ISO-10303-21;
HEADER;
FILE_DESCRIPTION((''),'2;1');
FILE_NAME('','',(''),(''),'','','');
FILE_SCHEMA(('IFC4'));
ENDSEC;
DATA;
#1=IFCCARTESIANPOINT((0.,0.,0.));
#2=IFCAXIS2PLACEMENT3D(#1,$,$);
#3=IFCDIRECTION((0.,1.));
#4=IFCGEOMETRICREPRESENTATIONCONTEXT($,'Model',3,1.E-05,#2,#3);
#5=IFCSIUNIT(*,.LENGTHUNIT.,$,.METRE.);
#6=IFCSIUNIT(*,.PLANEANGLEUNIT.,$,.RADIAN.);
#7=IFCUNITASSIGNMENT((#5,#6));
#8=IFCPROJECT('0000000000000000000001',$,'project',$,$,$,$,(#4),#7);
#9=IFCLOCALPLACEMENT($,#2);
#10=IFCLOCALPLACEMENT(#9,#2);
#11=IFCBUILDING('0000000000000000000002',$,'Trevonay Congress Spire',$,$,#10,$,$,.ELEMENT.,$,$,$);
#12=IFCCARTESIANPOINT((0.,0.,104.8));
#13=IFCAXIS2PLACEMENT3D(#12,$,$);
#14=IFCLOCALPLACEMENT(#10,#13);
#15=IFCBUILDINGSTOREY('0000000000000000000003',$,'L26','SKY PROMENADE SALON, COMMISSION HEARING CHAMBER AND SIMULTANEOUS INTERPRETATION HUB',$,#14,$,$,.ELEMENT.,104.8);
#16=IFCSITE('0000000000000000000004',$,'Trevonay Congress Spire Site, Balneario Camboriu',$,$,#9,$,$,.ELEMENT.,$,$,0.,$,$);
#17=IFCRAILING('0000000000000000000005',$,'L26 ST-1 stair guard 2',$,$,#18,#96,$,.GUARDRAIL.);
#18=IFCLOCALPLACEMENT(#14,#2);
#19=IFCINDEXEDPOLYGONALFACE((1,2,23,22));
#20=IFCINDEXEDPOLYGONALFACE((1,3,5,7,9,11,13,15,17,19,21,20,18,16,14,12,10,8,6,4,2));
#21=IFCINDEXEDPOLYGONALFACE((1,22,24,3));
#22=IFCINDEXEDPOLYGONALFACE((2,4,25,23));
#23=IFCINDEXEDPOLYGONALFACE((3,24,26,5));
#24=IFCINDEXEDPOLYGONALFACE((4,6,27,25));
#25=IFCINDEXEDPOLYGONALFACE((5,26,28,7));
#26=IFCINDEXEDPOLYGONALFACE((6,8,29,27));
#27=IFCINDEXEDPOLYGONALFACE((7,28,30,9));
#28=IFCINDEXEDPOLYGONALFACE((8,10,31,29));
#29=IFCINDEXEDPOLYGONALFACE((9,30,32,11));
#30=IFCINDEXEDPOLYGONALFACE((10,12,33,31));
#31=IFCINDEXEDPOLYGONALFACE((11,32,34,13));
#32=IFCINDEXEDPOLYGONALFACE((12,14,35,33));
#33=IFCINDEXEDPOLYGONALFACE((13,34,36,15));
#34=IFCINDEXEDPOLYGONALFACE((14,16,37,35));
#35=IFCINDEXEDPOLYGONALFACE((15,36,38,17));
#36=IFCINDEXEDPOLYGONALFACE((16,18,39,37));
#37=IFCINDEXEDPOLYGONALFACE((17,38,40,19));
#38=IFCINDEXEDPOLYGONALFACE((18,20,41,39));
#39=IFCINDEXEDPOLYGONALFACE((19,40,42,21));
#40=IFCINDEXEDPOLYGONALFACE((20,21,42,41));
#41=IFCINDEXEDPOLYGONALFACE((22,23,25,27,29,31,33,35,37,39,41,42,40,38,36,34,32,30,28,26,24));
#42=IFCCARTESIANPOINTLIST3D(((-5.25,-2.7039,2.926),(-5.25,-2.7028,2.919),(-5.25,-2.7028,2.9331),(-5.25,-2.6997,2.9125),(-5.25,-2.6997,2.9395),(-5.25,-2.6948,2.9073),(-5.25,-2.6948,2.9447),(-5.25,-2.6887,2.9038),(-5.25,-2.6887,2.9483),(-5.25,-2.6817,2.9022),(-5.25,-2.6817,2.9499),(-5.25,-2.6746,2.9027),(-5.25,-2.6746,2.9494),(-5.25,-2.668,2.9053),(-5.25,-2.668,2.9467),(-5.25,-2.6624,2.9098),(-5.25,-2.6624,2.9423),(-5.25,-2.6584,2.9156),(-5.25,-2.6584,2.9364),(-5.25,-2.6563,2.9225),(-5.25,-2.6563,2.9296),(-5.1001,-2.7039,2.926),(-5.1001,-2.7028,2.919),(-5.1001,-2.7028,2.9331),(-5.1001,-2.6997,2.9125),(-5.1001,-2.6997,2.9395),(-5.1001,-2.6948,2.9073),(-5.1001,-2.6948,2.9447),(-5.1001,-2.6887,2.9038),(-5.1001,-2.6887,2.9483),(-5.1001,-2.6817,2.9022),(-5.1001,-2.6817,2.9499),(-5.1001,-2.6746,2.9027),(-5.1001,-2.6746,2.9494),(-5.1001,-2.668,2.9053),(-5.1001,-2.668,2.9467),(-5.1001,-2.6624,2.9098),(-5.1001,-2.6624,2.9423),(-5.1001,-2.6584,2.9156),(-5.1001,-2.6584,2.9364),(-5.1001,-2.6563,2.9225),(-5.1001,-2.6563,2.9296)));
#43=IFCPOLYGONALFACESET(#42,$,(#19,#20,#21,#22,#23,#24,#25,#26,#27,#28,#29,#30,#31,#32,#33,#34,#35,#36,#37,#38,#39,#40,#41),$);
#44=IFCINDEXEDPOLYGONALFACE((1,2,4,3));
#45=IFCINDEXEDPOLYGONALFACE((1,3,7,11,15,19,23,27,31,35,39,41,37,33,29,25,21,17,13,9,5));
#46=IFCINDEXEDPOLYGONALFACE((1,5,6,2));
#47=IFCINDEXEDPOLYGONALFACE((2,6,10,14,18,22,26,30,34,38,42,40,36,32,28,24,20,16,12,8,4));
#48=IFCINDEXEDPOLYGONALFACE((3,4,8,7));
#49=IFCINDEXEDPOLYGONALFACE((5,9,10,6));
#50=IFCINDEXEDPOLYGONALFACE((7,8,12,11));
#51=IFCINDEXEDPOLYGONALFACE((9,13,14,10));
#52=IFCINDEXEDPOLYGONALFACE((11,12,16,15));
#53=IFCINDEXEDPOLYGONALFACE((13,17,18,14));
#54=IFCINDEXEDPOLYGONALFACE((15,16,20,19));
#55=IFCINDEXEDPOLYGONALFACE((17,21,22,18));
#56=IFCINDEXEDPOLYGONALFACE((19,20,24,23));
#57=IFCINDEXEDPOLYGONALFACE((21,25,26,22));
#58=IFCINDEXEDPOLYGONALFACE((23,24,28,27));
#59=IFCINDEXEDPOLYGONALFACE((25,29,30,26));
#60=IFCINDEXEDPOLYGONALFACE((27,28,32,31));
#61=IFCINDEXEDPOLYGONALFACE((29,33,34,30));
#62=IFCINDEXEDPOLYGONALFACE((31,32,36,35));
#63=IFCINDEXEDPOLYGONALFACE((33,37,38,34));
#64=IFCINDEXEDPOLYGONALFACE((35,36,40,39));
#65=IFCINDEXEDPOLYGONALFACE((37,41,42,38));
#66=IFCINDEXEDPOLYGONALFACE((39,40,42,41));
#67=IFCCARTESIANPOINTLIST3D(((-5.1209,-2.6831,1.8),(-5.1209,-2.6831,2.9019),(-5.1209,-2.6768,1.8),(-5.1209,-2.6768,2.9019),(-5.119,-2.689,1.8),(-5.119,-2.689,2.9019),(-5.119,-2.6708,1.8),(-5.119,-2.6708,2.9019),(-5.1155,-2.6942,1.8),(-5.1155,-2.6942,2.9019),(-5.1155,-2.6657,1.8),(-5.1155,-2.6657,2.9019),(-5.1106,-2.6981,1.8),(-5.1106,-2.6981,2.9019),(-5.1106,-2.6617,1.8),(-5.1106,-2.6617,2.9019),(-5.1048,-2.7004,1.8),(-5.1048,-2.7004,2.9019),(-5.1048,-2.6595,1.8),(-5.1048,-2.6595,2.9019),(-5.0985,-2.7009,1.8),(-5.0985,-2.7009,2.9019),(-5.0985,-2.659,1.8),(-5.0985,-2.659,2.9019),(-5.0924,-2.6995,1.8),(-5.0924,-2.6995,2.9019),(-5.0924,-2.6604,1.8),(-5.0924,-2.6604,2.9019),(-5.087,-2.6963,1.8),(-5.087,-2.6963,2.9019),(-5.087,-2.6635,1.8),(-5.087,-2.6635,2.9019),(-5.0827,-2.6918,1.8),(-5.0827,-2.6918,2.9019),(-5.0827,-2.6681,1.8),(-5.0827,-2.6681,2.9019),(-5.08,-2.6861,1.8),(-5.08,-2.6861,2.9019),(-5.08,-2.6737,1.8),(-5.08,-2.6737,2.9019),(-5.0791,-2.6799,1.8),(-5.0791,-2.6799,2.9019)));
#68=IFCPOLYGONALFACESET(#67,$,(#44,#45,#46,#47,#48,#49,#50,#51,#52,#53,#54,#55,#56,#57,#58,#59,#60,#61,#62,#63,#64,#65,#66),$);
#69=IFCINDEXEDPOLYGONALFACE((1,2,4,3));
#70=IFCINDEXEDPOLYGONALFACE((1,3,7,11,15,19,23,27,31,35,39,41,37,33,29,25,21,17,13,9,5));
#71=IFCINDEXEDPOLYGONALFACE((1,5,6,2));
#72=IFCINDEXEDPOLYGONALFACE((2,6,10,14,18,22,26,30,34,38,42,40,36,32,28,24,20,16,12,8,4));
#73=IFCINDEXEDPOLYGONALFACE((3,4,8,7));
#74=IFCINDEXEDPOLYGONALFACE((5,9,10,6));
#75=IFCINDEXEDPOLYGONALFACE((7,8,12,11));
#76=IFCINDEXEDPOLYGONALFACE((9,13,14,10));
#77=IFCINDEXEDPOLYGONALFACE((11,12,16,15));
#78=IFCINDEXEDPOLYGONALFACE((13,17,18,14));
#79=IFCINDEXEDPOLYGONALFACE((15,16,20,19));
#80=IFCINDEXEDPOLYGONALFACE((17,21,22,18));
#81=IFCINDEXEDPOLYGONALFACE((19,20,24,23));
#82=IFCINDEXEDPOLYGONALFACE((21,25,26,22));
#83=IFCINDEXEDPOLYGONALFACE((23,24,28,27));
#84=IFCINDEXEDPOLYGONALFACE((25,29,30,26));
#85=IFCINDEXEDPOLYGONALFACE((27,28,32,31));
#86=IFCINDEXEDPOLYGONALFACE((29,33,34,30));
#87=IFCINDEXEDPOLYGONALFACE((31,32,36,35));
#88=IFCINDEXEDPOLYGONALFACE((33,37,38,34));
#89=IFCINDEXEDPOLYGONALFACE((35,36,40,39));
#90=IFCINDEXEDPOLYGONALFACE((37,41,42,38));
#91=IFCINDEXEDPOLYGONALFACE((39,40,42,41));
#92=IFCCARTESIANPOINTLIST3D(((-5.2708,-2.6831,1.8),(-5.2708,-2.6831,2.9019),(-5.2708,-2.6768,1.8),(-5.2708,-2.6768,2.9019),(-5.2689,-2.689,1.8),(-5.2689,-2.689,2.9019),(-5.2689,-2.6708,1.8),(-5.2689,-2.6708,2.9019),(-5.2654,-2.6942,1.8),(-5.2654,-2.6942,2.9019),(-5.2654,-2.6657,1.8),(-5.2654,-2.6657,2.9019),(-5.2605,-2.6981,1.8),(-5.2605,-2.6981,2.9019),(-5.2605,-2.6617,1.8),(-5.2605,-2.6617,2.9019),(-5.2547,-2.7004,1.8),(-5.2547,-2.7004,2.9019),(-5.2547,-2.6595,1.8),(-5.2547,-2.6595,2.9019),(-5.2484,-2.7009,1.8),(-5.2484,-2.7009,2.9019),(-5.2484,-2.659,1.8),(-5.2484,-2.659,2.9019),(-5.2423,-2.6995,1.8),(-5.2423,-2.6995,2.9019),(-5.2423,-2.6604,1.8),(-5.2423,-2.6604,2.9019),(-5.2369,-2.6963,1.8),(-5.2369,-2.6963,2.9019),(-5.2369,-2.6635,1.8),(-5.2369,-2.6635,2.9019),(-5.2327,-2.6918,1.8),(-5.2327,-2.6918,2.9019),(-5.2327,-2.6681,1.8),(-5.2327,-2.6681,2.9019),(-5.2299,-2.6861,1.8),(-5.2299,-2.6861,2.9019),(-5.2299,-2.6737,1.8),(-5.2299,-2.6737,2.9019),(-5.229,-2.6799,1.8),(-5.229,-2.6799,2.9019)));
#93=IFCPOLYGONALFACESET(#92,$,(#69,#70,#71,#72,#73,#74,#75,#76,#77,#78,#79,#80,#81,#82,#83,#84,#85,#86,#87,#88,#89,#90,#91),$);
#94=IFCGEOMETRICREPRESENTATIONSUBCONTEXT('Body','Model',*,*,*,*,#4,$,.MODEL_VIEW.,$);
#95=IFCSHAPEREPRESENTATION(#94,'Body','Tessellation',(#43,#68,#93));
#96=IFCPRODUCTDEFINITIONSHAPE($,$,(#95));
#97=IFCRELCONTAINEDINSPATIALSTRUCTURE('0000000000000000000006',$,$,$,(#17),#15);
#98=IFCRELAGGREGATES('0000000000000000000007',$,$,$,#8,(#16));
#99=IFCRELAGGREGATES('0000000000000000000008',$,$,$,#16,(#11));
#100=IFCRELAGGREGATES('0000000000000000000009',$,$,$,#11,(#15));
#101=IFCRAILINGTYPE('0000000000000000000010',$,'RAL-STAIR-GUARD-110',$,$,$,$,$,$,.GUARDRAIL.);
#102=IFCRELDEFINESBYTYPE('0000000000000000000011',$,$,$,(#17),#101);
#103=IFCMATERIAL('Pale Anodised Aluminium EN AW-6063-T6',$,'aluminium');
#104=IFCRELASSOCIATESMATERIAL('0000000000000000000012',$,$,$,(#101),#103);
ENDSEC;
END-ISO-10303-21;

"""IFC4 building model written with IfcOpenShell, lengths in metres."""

from ifc_helpers import new_model, si_unit, direction, frame, origin, origin_2d, place, context, subcontext, project, spatial, circle, extrude, material, type_object, element, save


model = new_model("IFC4")

# Units and contexts
model_context = context("Model", 3, precision=1e-05, world=origin(), true_north=direction((0.0, 1.0)))
body_context = subcontext(model_context, "Body", "Model", "MODEL_VIEW")
ifc_project = project(units=[si_unit("LENGTHUNIT", "METRE"), si_unit("PLANEANGLEUNIT", "RADIAN")], contexts=[model_context])

# Site, building, storey
site_placement = place(None, origin())
site = spatial("IfcSite", under=ifc_project, at=site_placement, Name="Trevonay Congress Spire Site, Balneario Camboriu", CompositionType="ELEMENT", RefElevation=0.0)
building_placement = place(site_placement, origin())
building = spatial("IfcBuilding", under=site, at=building_placement, Name="Trevonay Congress Spire", CompositionType="ELEMENT")
storey_placement = place(building_placement, frame((0.0, 0.0, 104.8)))
storey = spatial("IfcBuildingStorey", under=building, at=storey_placement, Name="L26", Description="SKY PROMENADE SALON, COMMISSION HEARING CHAMBER AND SIMULTANEOUS INTERPRETATION HUB", CompositionType="ELEMENT", Elevation=104.8)

# Railing
ifc_material_1 = material(Name="Pale Anodised Aluminium EN AW-6063-T6", Category="aluminium")
railing_type_1 = type_object("IfcRailingType", Name="RAL-STAIR-GUARD-110", PredefinedType="GUARDRAIL", material=ifc_material_1)
railing_1_placement = place(storey_placement, frame((-5.1001, -2.6799, 1.8)))
element("IfcRailing", 1, at=railing_1_placement, inside=storey, type_object=railing_type_1, Name="L26 ST-1 stair guard 2", PredefinedType="GUARDRAIL", context=body_context, shape_type="SweptSolid", body=[
    extrude(circle(Radius=0.0239, at=origin_2d()), frame((0.0, 0.0, 1.126), z_axis=(-1.0, 0.0, 0.0), x_axis=(0.0, -1.0, 0.0)), (0.0, 0.0, 1.0), 0.1499),
    extrude(circle(Radius=0.021, at=origin_2d()), origin(), (0.0, 0.0, 1.0), 1.1018),
    extrude(circle(Radius=0.021, at=origin_2d()), frame((-0.1499, 0.0, 0.0)), (0.0, 0.0, 1.0), 1.1018),
])

save(model, "model.ifc")
